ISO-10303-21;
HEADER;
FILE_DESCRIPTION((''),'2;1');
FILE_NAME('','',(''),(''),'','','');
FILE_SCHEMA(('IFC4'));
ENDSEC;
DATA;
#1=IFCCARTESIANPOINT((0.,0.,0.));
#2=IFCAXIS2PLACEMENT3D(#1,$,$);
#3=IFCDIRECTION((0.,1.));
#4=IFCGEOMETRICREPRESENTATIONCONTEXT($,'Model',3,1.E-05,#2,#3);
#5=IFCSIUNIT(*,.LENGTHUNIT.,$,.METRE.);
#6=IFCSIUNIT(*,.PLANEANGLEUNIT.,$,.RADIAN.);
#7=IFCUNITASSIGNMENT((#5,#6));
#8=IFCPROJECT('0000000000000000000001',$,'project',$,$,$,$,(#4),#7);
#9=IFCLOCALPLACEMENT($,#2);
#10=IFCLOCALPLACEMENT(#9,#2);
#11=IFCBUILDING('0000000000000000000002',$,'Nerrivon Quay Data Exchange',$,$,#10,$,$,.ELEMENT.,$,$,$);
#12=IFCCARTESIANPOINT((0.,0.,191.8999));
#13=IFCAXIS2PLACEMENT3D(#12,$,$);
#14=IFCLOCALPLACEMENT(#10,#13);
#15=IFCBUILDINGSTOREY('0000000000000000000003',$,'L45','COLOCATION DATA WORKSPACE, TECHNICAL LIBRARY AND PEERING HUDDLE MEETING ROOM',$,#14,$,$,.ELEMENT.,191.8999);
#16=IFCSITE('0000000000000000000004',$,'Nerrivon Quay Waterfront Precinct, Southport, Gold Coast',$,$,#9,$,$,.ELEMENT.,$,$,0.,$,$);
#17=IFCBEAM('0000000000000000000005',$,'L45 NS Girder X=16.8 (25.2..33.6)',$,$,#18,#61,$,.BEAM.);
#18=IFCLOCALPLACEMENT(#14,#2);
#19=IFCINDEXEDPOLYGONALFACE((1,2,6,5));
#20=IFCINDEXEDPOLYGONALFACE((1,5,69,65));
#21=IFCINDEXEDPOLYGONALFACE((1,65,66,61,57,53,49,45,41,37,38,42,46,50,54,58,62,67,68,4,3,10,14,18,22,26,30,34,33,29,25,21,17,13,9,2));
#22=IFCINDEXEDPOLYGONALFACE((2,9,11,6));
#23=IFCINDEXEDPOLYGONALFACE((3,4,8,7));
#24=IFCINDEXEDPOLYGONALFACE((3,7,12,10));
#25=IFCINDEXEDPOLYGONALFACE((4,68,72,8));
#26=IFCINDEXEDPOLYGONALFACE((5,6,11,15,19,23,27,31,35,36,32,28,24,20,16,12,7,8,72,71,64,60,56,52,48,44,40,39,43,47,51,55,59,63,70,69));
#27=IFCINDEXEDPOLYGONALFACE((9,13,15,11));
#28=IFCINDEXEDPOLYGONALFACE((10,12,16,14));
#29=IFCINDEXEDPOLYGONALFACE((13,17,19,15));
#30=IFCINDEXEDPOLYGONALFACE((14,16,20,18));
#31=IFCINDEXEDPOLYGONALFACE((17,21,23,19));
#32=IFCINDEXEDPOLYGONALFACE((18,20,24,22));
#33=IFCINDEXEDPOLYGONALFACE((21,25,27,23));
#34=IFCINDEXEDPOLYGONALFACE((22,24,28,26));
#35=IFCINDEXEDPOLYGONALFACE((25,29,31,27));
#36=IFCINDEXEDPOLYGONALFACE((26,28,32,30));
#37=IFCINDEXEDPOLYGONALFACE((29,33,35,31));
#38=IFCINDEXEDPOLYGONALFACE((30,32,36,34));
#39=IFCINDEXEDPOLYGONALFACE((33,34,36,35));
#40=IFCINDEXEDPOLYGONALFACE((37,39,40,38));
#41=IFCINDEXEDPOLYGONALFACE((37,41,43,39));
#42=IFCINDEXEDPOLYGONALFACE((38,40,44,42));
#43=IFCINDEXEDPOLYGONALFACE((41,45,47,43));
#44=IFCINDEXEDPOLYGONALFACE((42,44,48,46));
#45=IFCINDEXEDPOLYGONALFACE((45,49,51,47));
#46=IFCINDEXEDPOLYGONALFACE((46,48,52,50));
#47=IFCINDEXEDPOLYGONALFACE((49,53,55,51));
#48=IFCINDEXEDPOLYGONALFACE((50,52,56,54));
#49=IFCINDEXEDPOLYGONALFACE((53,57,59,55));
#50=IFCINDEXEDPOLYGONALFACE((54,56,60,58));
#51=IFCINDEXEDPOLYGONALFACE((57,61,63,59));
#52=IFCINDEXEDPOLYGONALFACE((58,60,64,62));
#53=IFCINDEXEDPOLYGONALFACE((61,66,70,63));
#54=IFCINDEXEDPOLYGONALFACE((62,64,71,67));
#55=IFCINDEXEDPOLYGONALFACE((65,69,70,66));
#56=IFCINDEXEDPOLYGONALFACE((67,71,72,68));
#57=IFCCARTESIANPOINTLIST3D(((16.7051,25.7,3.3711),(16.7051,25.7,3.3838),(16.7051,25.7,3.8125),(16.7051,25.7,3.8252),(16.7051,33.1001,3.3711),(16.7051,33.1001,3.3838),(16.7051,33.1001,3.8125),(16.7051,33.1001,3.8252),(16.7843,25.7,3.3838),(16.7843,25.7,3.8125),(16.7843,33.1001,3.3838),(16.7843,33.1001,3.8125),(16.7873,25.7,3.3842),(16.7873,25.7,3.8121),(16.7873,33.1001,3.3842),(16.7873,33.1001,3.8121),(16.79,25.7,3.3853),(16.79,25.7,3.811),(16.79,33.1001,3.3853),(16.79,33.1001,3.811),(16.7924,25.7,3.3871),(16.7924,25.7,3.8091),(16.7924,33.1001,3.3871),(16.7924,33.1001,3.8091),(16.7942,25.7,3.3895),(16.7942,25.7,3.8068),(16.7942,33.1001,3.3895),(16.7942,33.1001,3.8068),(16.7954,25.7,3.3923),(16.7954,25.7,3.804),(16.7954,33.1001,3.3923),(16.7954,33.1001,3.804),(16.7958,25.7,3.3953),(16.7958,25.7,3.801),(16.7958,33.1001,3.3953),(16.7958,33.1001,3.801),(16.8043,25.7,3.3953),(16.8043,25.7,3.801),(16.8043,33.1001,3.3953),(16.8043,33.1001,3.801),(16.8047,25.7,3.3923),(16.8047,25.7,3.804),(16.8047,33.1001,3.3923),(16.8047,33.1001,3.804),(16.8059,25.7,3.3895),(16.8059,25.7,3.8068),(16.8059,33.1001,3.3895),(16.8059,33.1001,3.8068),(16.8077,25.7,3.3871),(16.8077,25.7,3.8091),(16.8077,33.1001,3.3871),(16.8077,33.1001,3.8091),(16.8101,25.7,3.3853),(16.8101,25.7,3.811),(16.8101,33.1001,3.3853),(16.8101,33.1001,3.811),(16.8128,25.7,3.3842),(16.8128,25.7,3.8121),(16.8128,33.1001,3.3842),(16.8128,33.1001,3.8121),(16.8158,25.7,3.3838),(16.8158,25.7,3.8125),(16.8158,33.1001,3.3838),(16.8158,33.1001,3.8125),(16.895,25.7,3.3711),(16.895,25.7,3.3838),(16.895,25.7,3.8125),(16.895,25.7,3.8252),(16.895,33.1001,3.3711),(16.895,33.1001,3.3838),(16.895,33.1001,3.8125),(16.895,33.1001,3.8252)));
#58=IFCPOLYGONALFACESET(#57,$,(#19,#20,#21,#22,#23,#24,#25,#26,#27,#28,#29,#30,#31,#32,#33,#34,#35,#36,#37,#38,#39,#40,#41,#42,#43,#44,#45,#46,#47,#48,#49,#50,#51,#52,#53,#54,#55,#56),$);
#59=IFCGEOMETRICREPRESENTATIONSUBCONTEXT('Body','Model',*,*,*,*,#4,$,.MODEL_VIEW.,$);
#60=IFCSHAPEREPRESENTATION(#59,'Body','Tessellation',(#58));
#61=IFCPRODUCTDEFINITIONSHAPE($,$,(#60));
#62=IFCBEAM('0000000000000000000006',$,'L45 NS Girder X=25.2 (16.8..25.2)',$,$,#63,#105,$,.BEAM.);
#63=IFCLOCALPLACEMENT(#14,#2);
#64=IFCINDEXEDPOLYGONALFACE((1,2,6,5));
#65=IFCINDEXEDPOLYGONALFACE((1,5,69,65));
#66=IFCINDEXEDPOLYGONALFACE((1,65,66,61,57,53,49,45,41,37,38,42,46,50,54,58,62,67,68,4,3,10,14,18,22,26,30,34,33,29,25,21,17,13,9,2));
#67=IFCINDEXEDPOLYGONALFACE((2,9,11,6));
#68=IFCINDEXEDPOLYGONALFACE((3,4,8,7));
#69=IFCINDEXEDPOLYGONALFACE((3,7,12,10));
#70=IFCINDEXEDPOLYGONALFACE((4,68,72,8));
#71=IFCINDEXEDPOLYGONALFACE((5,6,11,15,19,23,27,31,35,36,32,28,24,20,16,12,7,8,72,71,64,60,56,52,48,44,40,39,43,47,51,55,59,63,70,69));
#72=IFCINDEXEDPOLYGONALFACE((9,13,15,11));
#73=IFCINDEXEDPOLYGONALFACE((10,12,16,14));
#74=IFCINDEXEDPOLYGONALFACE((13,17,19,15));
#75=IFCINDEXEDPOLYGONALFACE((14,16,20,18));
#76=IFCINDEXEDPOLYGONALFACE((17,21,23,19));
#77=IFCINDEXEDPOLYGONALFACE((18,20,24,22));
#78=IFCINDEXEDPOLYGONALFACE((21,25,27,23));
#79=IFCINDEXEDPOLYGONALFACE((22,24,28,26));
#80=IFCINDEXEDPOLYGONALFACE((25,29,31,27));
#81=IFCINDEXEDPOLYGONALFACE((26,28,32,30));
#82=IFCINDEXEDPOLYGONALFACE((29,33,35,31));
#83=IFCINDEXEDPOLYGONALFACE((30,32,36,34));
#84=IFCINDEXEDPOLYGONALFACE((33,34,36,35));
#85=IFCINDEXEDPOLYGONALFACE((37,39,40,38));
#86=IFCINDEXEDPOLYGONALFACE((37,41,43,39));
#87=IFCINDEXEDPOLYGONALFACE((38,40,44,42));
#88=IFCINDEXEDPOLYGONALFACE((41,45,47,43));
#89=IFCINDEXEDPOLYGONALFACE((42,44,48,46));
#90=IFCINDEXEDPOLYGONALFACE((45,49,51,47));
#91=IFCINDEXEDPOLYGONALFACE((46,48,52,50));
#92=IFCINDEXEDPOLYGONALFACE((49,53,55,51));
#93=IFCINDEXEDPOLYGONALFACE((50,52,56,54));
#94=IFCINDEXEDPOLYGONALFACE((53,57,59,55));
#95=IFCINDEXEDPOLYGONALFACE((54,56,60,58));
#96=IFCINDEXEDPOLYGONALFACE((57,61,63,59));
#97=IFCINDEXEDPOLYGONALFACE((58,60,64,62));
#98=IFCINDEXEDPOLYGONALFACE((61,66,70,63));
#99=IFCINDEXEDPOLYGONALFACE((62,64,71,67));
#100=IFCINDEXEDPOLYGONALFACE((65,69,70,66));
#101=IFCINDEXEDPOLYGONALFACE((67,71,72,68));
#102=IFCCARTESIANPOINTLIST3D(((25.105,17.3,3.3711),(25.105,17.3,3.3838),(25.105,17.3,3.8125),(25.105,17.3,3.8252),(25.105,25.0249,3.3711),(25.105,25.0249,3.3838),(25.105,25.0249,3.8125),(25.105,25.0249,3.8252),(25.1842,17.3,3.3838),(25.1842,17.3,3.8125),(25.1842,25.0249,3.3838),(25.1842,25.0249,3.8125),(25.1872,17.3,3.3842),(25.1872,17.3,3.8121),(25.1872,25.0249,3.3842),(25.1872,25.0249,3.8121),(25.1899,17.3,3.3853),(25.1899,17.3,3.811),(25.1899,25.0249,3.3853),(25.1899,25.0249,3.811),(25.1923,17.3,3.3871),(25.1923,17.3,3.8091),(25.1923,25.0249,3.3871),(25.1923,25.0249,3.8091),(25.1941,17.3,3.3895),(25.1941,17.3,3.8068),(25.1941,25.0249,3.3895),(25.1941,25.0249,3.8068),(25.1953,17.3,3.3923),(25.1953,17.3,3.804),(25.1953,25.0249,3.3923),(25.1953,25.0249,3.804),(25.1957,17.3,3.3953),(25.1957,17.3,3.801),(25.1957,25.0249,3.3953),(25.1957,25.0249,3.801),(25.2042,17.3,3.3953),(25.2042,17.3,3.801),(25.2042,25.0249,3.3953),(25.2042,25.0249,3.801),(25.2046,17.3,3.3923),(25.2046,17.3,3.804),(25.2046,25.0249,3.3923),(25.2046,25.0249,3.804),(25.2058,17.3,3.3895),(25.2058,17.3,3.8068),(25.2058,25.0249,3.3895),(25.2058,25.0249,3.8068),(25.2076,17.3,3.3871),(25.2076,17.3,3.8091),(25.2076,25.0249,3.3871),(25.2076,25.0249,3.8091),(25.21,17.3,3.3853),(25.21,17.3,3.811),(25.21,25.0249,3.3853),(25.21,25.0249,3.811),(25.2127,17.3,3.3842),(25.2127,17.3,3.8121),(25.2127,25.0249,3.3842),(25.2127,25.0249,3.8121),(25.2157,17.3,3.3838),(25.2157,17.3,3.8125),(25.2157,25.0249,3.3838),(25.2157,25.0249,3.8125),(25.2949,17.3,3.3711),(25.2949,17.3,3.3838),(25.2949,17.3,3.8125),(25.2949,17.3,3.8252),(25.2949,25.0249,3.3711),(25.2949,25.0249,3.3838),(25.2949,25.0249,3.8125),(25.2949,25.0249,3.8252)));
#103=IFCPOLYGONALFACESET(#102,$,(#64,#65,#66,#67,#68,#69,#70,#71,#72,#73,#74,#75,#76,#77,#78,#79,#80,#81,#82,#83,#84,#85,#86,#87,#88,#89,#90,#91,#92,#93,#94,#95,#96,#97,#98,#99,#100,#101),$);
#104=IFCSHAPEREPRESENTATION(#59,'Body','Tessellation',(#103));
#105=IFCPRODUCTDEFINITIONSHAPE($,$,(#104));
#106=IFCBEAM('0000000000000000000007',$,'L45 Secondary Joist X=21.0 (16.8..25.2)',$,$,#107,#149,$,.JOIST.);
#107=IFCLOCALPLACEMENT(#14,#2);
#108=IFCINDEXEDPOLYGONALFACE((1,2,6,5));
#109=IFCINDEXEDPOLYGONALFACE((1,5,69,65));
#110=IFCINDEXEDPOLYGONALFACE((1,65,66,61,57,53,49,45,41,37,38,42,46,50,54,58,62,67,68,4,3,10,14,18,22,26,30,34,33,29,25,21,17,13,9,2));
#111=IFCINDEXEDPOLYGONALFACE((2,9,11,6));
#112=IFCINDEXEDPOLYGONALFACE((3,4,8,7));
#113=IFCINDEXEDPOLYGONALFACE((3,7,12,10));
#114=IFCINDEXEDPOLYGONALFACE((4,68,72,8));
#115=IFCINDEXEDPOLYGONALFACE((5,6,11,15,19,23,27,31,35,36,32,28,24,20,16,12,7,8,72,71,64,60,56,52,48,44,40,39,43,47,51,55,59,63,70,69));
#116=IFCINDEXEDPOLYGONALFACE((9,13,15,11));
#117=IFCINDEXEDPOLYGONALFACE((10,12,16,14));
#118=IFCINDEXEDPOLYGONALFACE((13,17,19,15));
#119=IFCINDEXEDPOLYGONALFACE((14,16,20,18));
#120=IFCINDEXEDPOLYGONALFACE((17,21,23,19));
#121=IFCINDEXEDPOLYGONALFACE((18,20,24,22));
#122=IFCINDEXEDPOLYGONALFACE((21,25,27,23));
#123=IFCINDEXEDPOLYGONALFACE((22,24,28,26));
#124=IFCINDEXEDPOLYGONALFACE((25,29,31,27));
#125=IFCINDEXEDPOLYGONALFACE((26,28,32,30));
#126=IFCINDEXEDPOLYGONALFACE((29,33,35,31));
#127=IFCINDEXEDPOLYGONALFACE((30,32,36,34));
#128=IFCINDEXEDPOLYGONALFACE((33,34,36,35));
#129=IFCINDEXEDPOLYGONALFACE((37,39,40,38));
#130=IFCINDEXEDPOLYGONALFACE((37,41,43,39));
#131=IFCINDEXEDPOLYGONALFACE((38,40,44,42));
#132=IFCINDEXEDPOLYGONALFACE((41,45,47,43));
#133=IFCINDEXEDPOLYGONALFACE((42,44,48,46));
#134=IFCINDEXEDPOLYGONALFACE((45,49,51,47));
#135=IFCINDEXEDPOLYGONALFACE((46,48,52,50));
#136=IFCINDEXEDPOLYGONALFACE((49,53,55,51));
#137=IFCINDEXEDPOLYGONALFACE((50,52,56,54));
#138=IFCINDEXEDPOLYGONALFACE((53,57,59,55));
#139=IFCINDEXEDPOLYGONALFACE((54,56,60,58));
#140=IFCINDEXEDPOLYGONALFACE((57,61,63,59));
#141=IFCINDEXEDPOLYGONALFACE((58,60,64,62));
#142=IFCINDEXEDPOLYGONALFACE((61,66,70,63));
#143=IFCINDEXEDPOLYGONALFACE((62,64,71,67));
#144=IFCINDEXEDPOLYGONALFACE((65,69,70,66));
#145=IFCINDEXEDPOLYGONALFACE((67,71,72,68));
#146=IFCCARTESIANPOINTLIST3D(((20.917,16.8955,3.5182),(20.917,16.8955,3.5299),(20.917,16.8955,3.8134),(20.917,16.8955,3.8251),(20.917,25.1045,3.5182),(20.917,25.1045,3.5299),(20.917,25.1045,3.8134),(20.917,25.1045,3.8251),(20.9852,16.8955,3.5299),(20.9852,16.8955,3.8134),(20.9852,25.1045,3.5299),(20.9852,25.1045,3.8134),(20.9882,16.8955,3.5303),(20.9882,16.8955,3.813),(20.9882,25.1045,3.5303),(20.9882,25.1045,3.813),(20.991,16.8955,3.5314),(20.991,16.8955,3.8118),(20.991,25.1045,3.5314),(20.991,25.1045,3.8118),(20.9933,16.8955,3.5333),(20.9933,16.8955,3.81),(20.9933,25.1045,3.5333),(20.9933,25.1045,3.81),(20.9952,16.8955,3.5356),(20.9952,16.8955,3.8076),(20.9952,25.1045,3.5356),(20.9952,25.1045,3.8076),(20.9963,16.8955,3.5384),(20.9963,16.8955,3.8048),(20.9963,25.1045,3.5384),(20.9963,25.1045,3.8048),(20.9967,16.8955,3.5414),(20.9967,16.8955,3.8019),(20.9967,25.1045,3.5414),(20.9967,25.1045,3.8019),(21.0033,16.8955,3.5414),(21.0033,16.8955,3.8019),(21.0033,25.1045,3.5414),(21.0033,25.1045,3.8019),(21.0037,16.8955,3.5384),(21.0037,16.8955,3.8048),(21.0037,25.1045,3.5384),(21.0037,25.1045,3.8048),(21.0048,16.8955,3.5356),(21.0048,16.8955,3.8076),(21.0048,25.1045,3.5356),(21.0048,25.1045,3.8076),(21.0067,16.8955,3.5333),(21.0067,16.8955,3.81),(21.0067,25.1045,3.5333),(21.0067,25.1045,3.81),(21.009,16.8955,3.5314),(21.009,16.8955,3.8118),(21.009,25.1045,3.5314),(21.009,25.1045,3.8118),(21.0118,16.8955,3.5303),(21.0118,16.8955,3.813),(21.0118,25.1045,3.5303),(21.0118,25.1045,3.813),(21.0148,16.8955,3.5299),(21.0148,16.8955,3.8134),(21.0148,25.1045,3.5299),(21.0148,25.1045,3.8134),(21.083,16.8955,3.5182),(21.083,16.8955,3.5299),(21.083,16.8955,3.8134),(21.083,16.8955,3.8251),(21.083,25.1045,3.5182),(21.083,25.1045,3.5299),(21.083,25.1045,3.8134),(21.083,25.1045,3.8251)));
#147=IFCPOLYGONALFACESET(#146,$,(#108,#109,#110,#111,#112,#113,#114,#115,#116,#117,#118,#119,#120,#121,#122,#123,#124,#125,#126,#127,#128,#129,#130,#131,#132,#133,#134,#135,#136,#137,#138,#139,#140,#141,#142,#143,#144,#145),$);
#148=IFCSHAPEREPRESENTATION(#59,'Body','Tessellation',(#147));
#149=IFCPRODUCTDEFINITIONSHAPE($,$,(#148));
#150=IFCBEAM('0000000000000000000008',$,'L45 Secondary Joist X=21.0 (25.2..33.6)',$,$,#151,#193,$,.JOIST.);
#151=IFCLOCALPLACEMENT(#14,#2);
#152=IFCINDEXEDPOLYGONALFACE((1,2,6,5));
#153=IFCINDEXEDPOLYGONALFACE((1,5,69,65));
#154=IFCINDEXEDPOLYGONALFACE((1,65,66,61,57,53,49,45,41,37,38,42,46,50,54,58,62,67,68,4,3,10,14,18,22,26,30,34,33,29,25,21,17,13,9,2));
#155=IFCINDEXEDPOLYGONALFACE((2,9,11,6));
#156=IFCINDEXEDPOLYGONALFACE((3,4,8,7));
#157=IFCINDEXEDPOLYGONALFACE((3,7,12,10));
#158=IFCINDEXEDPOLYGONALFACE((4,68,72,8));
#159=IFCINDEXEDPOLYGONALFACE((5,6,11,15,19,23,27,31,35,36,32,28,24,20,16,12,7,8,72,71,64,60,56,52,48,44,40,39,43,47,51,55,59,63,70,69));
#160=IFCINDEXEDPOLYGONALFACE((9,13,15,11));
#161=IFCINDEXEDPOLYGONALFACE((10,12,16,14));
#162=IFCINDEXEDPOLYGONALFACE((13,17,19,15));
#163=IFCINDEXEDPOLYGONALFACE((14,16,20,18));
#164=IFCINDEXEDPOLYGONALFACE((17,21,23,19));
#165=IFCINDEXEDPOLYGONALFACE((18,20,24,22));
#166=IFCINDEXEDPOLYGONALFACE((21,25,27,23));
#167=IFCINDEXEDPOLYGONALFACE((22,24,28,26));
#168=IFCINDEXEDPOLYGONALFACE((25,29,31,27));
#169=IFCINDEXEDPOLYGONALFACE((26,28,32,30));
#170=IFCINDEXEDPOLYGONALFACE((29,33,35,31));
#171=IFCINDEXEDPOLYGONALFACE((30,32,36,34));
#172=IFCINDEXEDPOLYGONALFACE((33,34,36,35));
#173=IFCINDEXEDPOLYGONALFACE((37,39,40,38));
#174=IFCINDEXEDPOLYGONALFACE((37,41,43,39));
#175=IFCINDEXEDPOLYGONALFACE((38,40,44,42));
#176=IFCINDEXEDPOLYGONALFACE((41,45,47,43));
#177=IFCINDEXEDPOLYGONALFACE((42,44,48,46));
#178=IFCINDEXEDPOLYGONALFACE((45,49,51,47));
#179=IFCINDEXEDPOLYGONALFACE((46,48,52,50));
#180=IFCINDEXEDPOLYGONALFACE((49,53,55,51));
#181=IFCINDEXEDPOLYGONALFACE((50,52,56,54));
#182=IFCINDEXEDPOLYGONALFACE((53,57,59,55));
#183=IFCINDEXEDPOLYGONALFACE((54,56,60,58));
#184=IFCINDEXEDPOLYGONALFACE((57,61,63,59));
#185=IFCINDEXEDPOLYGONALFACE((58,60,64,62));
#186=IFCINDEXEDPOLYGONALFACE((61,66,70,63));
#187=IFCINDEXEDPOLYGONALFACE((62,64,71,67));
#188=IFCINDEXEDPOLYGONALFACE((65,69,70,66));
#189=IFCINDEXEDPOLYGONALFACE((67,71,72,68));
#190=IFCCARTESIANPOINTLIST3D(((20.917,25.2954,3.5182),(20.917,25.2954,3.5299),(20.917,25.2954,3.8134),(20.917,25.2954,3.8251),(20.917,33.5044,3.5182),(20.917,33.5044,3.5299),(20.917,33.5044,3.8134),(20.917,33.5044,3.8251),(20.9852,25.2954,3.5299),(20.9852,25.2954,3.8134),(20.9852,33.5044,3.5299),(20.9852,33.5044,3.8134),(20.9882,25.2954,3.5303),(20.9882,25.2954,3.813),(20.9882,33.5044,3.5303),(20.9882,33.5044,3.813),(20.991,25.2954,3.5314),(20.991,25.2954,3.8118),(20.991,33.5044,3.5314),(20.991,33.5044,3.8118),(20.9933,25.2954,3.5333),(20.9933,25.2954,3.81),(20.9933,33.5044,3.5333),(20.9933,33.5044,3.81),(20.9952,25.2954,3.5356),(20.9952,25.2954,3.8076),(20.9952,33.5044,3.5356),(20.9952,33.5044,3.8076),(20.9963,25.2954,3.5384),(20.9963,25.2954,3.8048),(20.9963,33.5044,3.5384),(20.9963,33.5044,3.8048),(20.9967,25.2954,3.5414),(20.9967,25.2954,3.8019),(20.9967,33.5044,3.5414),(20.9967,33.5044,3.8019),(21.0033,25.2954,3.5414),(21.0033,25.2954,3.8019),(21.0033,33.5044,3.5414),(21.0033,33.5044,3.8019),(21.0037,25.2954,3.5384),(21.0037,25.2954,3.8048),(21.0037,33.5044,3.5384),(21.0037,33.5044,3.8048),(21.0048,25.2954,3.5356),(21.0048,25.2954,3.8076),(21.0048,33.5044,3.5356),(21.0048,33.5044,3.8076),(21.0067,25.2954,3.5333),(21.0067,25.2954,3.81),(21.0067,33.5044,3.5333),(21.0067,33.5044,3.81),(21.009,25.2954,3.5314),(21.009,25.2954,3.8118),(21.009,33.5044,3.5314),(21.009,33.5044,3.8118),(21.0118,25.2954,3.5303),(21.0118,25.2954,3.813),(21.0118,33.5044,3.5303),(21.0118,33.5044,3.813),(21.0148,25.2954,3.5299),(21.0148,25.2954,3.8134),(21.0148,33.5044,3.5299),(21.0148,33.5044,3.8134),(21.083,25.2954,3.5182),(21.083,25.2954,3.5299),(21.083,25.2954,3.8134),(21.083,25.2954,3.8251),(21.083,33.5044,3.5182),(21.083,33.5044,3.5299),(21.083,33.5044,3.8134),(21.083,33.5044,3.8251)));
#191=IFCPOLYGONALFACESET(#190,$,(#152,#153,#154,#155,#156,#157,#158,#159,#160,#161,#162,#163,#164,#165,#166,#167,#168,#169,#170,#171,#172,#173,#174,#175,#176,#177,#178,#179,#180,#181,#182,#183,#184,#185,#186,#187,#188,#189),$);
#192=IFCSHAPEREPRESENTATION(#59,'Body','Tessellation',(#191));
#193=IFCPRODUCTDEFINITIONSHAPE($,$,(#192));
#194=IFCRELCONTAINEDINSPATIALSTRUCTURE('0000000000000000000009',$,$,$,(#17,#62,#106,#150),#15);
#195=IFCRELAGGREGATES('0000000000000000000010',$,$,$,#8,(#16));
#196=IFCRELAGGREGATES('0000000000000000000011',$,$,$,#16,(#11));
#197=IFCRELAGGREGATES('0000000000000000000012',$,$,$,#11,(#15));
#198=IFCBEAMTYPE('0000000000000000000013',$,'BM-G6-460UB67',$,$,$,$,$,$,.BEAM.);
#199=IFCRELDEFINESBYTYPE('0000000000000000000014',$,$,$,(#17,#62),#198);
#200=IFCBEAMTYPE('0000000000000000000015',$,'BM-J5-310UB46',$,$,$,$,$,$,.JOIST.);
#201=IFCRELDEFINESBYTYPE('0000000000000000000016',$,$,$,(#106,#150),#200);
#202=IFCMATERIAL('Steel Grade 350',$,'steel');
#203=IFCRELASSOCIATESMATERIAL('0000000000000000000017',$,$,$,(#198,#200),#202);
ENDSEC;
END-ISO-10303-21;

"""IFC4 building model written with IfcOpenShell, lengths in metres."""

from ifc_helpers import new_model, si_unit, direction, frame, origin, origin_2d, place, context, subcontext, project, spatial, i_section, extrude, material, material_profile, profile_set, type_object, element, save


model = new_model("IFC4")

# Units and contexts
model_context = context("Model", 3, precision=1e-05, world=origin(), true_north=direction((0.0, 1.0)))
body_context = subcontext(model_context, "Body", "Model", "MODEL_VIEW")
ifc_project = project(units=[si_unit("LENGTHUNIT", "METRE"), si_unit("PLANEANGLEUNIT", "RADIAN")], contexts=[model_context])

# Site, building, storey
site_placement = place(None, origin())
site = spatial("IfcSite", under=ifc_project, at=site_placement, Name="Nerrivon Quay Waterfront Precinct, Southport, Gold Coast", CompositionType="ELEMENT", RefElevation=0.0)
building_placement = place(site_placement, origin())
building = spatial("IfcBuilding", under=site, at=building_placement, Name="Nerrivon Quay Data Exchange", CompositionType="ELEMENT")
storey_placement = place(building_placement, frame((0.0, 0.0, 191.8999)))
storey = spatial("IfcBuildingStorey", under=building, at=storey_placement, Name="L45", Description="COLOCATION DATA WORKSPACE, TECHNICAL LIBRARY AND PEERING HUDDLE MEETING ROOM", CompositionType="ELEMENT", Elevation=191.8999)

# Shared definitions
ifc_material_1 = material(Name="Steel Grade 350", Category="steel")

# Beams
ifc_material_profile_1 = material_profile(ifc_material_1, i_section(OverallWidth=0.1899, OverallDepth=0.4541, WebThickness=0.0085, FlangeThickness=0.0127, FilletRadius=0.0115, at=origin_2d()), Name="460UB67.1")
ifc_profile_set_1 = profile_set([ifc_material_profile_1], Name="Steel Grade 350")
beam_type_1 = type_object("IfcBeamType", Name="BM-G6-460UB67", PredefinedType="BEAM", material=ifc_profile_set_1)
beam_1_placement = place(storey_placement, frame((16.8, 25.7, 3.5981), z_axis=(0.0, 1.0, 0.0), x_axis=(-1.0, 0.0, 0.0)))
element("IfcBeam", 1, at=beam_1_placement, inside=storey, type_object=beam_type_1, Name="L45 NS Girder X=16.8 (25.2..33.6)", PredefinedType="BEAM", context=body_context, shape_type="SweptSolid", body=[
    extrude(i_section(OverallWidth=0.1899, OverallDepth=0.4541, WebThickness=0.0085, FlangeThickness=0.0127, FilletRadius=0.0115, at=origin_2d()), origin(), (0.0, 0.0, 1.0), 7.4001),
])
beam_2_placement = place(storey_placement, frame((25.2, 17.3, 3.5981), z_axis=(0.0, 1.0, 0.0), x_axis=(-1.0, 0.0, 0.0)))
element("IfcBeam", 2, at=beam_2_placement, inside=storey, type_object=beam_type_1, Name="L45 NS Girder X=25.2 (16.8..25.2)", PredefinedType="BEAM", context=body_context, shape_type="SweptSolid", body=[
    extrude(i_section(OverallWidth=0.1899, OverallDepth=0.4541, WebThickness=0.0085, FlangeThickness=0.0127, FilletRadius=0.0115, at=origin_2d()), origin(), (0.0, 0.0, 1.0), 7.7249),
])
ifc_material_profile_2 = material_profile(ifc_material_1, i_section(OverallWidth=0.166, OverallDepth=0.3069, WebThickness=0.0066, FlangeThickness=0.0117, FilletRadius=0.0115, at=origin_2d()), Name="310UB46.2")
ifc_profile_set_2 = profile_set([ifc_material_profile_2], Name="Steel Grade 350")
beam_type_2 = type_object("IfcBeamType", Name="BM-J5-310UB46", PredefinedType="JOIST", material=ifc_profile_set_2)
for number, where, z_axis, x_axis, name in (
    (3, (21.0, 16.8955, 3.6716), (0.0, 1.0, 0.0), (-1.0, 0.0, 0.0), "L45 Secondary Joist X=21.0 (16.8..25.2)"),
    (4, (21.0, 25.2954, 3.6716), (0.0, 1.0, 0.0), (-1.0, 0.0, 0.0), "L45 Secondary Joist X=21.0 (25.2..33.6)"),
):
    element("IfcBeam", number, at=place(storey_placement, frame(where, z_axis=z_axis, x_axis=x_axis)), inside=storey, type_object=beam_type_2, Name=name, PredefinedType="JOIST", context=body_context, shape_type="SweptSolid", body=[
        extrude(i_section(OverallWidth=0.166, OverallDepth=0.3069, WebThickness=0.0066, FlangeThickness=0.0117, FilletRadius=0.0115, at=origin_2d()), origin(), (0.0, 0.0, 1.0), 8.209),
    ])

save(model, "model.ifc")
